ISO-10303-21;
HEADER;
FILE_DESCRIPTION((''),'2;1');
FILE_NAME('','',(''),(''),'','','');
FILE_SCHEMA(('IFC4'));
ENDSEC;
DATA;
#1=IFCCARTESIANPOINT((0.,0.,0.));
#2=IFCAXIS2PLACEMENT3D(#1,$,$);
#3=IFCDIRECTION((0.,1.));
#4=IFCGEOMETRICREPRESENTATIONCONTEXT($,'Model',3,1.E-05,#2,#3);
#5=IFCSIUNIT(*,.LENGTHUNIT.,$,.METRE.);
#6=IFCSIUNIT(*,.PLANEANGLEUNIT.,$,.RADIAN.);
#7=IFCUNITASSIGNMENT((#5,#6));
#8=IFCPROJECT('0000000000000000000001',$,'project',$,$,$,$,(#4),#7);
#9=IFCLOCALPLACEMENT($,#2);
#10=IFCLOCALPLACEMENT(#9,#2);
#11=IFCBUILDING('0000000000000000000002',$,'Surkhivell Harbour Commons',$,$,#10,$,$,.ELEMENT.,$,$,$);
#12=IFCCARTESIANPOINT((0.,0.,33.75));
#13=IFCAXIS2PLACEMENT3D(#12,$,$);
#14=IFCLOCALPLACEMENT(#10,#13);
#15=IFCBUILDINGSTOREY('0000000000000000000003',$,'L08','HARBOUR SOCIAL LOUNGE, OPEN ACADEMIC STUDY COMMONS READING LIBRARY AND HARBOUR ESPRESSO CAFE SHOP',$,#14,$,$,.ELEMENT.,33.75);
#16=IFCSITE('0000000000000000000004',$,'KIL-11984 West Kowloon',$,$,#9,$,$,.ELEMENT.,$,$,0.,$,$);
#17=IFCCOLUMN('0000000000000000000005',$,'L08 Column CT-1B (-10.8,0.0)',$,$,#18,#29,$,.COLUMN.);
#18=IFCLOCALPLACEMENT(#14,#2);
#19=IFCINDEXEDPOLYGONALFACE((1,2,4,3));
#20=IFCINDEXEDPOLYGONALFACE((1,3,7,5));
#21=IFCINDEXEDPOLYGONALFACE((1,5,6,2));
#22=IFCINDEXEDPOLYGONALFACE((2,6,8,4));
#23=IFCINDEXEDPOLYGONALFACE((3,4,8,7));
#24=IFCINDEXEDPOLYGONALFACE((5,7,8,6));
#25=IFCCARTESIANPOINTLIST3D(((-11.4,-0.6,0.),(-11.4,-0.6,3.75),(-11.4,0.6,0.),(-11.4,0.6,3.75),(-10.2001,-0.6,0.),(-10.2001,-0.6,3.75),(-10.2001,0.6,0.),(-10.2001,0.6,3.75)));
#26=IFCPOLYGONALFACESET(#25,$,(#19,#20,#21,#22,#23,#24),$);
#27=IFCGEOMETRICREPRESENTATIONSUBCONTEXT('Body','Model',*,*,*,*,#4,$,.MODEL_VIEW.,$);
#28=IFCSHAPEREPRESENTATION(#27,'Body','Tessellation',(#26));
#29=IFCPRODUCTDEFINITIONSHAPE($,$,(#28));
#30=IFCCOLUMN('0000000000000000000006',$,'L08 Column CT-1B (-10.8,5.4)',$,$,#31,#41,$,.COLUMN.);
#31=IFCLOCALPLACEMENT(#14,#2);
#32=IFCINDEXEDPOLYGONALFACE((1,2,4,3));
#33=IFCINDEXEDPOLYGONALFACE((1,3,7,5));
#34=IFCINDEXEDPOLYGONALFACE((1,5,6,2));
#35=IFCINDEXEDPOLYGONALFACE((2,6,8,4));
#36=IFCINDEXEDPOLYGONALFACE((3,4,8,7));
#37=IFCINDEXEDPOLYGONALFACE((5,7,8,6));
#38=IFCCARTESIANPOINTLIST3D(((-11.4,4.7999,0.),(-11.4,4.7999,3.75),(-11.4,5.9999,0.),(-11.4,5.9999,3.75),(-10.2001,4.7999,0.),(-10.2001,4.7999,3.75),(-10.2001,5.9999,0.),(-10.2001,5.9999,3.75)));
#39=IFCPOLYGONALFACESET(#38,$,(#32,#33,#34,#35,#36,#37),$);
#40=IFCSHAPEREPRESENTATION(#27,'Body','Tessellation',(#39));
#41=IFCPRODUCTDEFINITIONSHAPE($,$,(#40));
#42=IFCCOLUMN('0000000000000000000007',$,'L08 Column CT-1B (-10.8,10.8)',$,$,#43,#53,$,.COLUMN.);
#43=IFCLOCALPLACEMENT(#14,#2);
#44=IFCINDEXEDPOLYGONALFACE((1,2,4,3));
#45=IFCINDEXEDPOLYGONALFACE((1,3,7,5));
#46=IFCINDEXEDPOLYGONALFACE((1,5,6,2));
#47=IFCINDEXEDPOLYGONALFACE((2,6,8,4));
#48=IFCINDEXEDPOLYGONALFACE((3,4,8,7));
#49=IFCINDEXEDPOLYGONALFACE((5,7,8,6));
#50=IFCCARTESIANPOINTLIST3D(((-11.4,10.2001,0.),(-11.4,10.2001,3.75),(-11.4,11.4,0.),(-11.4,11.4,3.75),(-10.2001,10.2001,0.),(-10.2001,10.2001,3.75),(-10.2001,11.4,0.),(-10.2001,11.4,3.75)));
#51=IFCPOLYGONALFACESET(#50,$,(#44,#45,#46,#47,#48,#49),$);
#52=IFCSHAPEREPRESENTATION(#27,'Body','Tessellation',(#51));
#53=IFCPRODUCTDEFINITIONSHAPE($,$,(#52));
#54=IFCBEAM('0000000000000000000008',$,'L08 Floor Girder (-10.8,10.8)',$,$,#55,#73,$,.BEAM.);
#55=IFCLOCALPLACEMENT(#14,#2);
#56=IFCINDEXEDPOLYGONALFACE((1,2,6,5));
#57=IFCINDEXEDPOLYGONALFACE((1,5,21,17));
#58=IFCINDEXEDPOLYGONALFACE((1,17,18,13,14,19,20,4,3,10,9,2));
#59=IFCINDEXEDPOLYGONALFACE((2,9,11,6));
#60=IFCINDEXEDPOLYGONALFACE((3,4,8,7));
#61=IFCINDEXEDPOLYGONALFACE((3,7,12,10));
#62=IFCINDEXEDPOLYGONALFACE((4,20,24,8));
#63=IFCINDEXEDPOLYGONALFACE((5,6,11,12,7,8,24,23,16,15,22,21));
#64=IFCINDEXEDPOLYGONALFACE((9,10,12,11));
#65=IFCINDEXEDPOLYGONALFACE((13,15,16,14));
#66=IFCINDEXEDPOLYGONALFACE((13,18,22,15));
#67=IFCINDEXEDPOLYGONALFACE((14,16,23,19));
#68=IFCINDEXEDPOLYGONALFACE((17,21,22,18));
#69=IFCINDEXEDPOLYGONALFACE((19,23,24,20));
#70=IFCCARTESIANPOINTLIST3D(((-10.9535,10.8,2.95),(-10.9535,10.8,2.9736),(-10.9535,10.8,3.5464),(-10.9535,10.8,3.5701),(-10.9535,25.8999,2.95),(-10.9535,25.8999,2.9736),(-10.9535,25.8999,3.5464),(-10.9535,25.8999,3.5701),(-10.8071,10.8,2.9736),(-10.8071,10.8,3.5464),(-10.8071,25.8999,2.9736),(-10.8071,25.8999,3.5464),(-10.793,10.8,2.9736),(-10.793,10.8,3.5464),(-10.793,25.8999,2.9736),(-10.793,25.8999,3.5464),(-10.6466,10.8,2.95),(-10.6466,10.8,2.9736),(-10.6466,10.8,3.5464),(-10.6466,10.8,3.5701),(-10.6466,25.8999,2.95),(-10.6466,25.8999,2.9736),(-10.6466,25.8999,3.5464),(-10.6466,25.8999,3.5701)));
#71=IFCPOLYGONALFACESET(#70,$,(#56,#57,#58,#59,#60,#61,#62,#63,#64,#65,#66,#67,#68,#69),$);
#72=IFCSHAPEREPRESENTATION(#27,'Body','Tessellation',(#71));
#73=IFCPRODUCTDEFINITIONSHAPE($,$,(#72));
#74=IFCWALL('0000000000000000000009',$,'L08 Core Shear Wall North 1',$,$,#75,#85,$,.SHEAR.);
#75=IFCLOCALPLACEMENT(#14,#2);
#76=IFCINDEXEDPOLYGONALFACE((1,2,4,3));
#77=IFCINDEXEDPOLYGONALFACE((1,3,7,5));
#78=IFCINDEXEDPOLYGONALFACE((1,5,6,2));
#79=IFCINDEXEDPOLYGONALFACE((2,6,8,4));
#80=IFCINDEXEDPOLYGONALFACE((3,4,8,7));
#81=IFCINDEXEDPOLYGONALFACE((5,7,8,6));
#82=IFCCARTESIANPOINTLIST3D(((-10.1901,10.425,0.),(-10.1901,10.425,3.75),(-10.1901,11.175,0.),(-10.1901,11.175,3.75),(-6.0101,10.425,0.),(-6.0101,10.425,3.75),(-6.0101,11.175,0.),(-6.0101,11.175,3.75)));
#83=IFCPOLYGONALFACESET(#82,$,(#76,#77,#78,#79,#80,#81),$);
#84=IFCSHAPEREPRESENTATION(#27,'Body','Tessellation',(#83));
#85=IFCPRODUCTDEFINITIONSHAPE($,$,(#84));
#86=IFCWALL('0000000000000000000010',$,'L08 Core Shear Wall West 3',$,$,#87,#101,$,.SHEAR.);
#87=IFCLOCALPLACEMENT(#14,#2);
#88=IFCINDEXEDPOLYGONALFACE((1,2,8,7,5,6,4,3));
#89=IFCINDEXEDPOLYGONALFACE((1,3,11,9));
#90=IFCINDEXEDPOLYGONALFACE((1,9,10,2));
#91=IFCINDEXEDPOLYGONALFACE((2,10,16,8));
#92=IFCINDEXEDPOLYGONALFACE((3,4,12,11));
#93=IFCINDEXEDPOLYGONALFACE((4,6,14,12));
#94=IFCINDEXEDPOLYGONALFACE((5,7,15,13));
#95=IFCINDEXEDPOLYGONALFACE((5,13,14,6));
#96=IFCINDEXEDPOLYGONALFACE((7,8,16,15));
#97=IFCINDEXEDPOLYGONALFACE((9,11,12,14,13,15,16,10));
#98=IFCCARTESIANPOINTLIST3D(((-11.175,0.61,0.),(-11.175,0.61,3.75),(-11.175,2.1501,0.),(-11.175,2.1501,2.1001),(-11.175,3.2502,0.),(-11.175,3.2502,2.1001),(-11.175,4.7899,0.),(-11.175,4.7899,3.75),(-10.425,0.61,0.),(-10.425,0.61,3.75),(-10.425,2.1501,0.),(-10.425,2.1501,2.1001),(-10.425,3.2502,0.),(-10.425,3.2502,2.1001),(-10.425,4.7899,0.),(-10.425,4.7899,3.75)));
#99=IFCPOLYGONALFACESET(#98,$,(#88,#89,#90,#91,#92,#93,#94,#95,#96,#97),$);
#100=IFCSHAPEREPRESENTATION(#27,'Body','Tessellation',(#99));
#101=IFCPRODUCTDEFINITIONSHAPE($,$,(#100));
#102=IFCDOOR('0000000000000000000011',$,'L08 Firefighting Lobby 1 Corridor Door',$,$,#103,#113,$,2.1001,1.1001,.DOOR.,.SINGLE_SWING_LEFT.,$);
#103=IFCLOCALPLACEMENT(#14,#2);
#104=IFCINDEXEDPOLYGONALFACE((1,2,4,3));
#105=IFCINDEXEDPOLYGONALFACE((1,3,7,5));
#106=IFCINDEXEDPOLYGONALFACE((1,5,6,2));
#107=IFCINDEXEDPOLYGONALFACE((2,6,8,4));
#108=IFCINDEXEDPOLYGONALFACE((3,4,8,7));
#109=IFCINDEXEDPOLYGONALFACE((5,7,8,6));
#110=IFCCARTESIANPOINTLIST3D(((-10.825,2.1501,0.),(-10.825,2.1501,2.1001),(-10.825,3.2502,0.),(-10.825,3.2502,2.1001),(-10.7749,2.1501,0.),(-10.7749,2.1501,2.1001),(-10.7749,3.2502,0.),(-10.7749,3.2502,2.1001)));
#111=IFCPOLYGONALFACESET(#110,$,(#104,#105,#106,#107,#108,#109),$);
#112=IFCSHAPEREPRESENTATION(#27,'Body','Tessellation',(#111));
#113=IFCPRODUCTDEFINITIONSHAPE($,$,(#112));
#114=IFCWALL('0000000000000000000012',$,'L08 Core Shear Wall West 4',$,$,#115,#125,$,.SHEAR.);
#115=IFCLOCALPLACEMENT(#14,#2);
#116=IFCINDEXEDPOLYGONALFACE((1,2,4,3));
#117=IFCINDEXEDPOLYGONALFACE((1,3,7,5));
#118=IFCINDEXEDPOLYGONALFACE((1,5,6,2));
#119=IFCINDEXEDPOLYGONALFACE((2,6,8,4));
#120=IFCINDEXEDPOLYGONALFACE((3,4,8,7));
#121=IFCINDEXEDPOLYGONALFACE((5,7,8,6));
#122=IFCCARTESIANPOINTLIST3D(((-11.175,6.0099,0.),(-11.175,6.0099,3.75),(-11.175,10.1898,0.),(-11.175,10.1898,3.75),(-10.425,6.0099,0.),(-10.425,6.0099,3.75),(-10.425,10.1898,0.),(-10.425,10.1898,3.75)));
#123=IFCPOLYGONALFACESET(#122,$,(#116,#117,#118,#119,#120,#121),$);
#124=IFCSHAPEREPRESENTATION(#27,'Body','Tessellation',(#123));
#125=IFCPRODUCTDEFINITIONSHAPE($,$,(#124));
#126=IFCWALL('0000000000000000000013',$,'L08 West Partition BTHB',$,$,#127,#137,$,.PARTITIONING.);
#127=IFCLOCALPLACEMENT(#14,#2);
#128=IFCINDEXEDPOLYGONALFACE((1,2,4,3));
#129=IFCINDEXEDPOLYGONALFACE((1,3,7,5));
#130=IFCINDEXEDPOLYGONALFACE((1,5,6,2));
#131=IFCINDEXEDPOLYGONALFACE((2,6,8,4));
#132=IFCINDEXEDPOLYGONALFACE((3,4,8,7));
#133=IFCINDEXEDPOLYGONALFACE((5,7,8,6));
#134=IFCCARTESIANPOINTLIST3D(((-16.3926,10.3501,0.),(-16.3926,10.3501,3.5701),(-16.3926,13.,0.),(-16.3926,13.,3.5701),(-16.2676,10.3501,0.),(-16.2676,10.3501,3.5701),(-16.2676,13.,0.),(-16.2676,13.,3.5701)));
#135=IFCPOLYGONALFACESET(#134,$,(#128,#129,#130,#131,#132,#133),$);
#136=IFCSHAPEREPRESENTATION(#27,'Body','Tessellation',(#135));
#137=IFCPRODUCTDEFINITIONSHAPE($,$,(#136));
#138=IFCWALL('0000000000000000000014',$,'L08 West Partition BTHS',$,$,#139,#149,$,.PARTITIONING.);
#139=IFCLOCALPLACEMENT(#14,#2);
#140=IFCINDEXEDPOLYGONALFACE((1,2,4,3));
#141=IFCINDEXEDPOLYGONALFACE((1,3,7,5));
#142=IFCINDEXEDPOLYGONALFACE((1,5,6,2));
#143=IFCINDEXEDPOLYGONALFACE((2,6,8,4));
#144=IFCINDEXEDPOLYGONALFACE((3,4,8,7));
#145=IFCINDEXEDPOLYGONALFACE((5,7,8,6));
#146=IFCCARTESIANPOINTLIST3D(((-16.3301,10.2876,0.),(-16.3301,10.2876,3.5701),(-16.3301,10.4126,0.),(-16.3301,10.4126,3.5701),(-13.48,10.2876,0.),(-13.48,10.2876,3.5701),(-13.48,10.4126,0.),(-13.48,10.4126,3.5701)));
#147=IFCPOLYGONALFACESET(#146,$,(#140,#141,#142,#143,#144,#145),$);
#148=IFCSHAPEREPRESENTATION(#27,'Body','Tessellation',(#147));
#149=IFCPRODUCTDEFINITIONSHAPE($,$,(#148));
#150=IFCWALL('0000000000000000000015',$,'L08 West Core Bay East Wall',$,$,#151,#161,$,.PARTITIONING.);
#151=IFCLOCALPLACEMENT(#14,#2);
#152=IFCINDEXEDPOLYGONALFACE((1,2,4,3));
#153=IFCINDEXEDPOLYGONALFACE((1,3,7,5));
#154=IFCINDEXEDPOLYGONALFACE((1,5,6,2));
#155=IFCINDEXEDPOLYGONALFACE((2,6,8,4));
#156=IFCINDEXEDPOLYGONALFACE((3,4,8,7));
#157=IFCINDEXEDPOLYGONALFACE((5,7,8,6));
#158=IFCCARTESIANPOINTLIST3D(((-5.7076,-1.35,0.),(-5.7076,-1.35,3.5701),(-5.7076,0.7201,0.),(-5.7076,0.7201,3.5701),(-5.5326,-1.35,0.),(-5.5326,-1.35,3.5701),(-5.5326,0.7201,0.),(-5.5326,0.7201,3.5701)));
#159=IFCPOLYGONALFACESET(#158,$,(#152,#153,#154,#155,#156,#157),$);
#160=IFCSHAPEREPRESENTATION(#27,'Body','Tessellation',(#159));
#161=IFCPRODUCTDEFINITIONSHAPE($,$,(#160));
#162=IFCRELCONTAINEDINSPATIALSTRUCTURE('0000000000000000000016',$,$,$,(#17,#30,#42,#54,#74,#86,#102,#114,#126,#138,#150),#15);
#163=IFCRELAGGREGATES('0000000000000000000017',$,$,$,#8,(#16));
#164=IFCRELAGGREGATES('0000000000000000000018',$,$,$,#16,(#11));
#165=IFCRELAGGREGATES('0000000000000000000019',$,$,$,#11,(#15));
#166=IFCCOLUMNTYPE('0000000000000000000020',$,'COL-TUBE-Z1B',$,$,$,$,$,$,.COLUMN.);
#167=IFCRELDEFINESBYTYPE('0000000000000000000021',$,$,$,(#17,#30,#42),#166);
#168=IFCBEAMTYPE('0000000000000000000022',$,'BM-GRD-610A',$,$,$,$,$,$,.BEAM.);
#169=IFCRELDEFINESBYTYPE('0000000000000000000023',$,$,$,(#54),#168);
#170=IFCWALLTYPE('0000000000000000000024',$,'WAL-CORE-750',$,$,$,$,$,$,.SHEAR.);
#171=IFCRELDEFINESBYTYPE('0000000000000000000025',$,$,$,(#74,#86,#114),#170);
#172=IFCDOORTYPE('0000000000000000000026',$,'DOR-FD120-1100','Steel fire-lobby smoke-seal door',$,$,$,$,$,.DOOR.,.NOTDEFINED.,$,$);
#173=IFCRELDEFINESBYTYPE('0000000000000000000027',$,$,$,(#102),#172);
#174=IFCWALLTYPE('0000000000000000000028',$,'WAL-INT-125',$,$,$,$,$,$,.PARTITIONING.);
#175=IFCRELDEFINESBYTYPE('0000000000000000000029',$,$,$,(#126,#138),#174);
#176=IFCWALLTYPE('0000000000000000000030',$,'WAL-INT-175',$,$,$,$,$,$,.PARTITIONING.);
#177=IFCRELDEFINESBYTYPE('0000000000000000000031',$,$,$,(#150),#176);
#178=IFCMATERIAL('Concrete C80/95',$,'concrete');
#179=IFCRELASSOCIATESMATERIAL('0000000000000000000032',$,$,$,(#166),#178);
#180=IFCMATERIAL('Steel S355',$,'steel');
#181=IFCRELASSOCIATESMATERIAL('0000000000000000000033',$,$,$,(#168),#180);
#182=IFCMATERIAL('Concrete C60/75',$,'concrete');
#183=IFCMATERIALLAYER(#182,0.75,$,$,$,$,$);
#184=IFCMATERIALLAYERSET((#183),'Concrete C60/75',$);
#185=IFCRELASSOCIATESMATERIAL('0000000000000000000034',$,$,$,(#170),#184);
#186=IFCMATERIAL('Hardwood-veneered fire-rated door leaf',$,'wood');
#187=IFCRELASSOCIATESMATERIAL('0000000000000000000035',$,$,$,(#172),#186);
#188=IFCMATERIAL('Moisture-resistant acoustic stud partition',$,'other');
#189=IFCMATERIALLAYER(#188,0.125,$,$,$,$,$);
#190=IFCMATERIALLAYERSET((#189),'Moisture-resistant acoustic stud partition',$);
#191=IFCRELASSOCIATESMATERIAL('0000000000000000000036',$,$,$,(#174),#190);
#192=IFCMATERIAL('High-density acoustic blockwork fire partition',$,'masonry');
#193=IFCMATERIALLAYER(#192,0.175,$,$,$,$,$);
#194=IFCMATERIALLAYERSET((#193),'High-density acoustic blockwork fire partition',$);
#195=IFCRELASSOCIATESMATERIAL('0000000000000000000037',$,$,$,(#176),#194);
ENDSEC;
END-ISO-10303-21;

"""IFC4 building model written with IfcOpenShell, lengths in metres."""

from ifc_helpers import new_model, si_unit, direction, frame, frame_2d, origin, origin_2d, place, context, subcontext, project, spatial, rectangle, i_section, extrude, material, layer, layer_set, material_profile, profile_set, type_object, element, fill, save


model = new_model("IFC4")

# Units and contexts
model_context = context("Model", 3, precision=1e-05, world=origin(), true_north=direction((0.0, 1.0)))
body_context = subcontext(model_context, "Body", "Model", "MODEL_VIEW")
ifc_project = project(units=[si_unit("LENGTHUNIT", "METRE"), si_unit("PLANEANGLEUNIT", "RADIAN")], contexts=[model_context])

# Site, building, storey
site_placement = place(None, origin())
site = spatial("IfcSite", under=ifc_project, at=site_placement, Name="KIL-11984 West Kowloon", CompositionType="ELEMENT", RefElevation=0.0)
building_placement = place(site_placement, origin())
building = spatial("IfcBuilding", under=site, at=building_placement, Name="Surkhivell Harbour Commons", CompositionType="ELEMENT")
storey_placement = place(building_placement, frame((0.0, 0.0, 33.75)))
storey = spatial("IfcBuildingStorey", under=building, at=storey_placement, Name="L08", Description="HARBOUR SOCIAL LOUNGE, OPEN ACADEMIC STUDY COMMONS READING LIBRARY AND HARBOUR ESPRESSO CAFE SHOP", CompositionType="ELEMENT", Elevation=33.75)

# Columns
ifc_material_1 = material(Name="Concrete C80/95", Category="concrete")
ifc_material_profile_1 = material_profile(ifc_material_1, rectangle(XDim=1.2, YDim=1.2, at=origin_2d()), Name="RC-COL-1200x1200")
ifc_profile_set_1 = profile_set([ifc_material_profile_1], Name="Concrete C80/95")
column_type = type_object("IfcColumnType", Name="COL-TUBE-Z1B", PredefinedType="COLUMN", material=ifc_profile_set_1)
for number, where, z_axis, x_axis, name in (
    (1, (-10.8, 0.0, 0.0), (0.0, 0.0, 1.0), (1.0, 0.0, 0.0), "L08 Column CT-1B (-10.8,0.0)"),
    (2, (-10.8, 5.3999, 0.0), (0.0, 0.0, 1.0), (1.0, 0.0, 0.0), "L08 Column CT-1B (-10.8,5.4)"),
    (3, (-10.8, 10.8, 0.0), (0.0, 0.0, 1.0), (1.0, 0.0, 0.0), "L08 Column CT-1B (-10.8,10.8)"),
):
    element("IfcColumn", number, at=place(storey_placement, frame(where, z_axis=z_axis, x_axis=x_axis)), inside=storey, type_object=column_type, Name=name, PredefinedType="COLUMN", context=body_context, shape_type="SweptSolid", body=[
        extrude(rectangle(XDim=1.2, YDim=1.2, at=origin_2d()), origin(), (0.0, 0.0, 1.0), 3.75),
    ])

# Beam
ifc_material_2 = material(Name="Steel S355", Category="steel")
ifc_material_profile_2 = material_profile(ifc_material_2, i_section(OverallWidth=0.3069, OverallDepth=0.6201, WebThickness=0.0142, FlangeThickness=0.0237, at=origin_2d()), Name="UB610x305x179")
ifc_profile_set_2 = profile_set([ifc_material_profile_2], Name="Steel S355")
beam_type = type_object("IfcBeamType", Name="BM-GRD-610A", PredefinedType="BEAM", material=ifc_profile_set_2)
beam_placement = place(storey_placement, frame((-10.8, 10.8, 3.26), z_axis=(0.0, 1.0, 0.0), x_axis=(-1.0, 0.0, 0.0)))
element("IfcBeam", 4, at=beam_placement, inside=storey, type_object=beam_type, Name="L08 Floor Girder (-10.8,10.8)", PredefinedType="BEAM", context=body_context, shape_type="SweptSolid", body=[
    extrude(i_section(OverallWidth=0.3069, OverallDepth=0.6201, WebThickness=0.0142, FlangeThickness=0.0237, at=origin_2d()), origin(), (0.0, 0.0, 1.0), 15.0999),
])

# Wall
ifc_material_3 = material(Name="Concrete C60/75", Category="concrete")
ifc_layer_1 = layer(ifc_material_3, 0.75)
ifc_layer_set_1 = layer_set([ifc_layer_1], Name="Concrete C60/75")
wall_type_1 = type_object("IfcWallType", Name="WAL-CORE-750", PredefinedType="SHEAR", material=ifc_layer_set_1)
wall_1_placement = place(storey_placement, frame((-10.1899, 10.8, 0.0), z_axis=(0.0, 0.0, 1.0), x_axis=(1.0, 0.0, 0.0)))
element("IfcWall", 5, at=wall_1_placement, inside=storey, type_object=wall_type_1, Name="L08 Core Shear Wall North 1", PredefinedType="SHEAR", context=body_context, shape_type="SweptSolid", body=[
    extrude(rectangle(XDim=4.1799, YDim=0.75, at=frame_2d((2.0898, 0.0))), origin(), (0.0, 0.0, 1.0), 3.75),
])

# Wall, opening, door
wall_2_placement = place(storey_placement, frame((-10.8, 0.6101, 0.0), z_axis=(0.0, 0.0, 1.0), x_axis=(0.0, 1.0, 0.0)))
wall_2 = element("IfcWall", 6, at=wall_2_placement, inside=storey, type_object=wall_type_1, Name="L08 Core Shear Wall West 3", PredefinedType="SHEAR", context=body_context, shape_type="SweptSolid", body=[
    extrude(rectangle(XDim=4.1799, YDim=0.75, at=frame_2d((2.0898, 0.0))), origin(), (0.0, 0.0, 1.0), 3.75),
])
opening_1_placement = place(wall_2_placement, frame((1.54, 0.0, 0.0)))
opening_1 = element("IfcOpeningElement", 7, at=opening_1_placement, cuts=wall_2, PredefinedType="OPENING", context=body_context, shape_type="SweptSolid", body=[
    extrude(rectangle(XDim=1.1001, YDim=2.1001, at=frame_2d((0.55, 1.05))), frame((0.0, 0.385, 0.0), z_axis=(0.0, -1.0, 0.0), x_axis=(1.0, 0.0, 0.0)), (0.0, 0.0, 1.0), 0.77),
])
ifc_material_4 = material(Name="Hardwood-veneered fire-rated door leaf", Category="wood")
door_type_1 = type_object("IfcDoorType", Name="DOR-FD120-1100", Description="Steel fire-lobby smoke-seal door", OperationType="NOTDEFINED", PredefinedType="DOOR", material=ifc_material_4)
door_1_placement = place(opening_1_placement, origin())
door_1 = element("IfcDoor", 8, at=door_1_placement, inside=storey, type_object=door_type_1, Name="L08 Firefighting Lobby 1 Corridor Door", OperationType="SINGLE_SWING_LEFT", OverallHeight=2.1001, OverallWidth=1.1001, PredefinedType="DOOR", context=body_context, shape_type="SweptSolid", body=[
    extrude(rectangle(XDim=1.1001, YDim=2.1001, at=frame_2d((0.55, 1.05))), frame((0.0, 0.0249, 0.0), z_axis=(0.0, -1.0, 0.0), x_axis=(1.0, 0.0, 0.0)), (0.0, 0.0, 1.0), 0.05),
])
fill(opening_1, door_1)

# Walls
wall_3_placement = place(storey_placement, frame((-10.8, 6.01, 0.0), z_axis=(0.0, 0.0, 1.0), x_axis=(0.0, 1.0, 0.0)))
element("IfcWall", 9, at=wall_3_placement, inside=storey, type_object=wall_type_1, Name="L08 Core Shear Wall West 4", PredefinedType="SHEAR", context=body_context, shape_type="SweptSolid", body=[
    extrude(rectangle(XDim=4.1799, YDim=0.75, at=frame_2d((2.0898, 0.0))), origin(), (0.0, 0.0, 1.0), 3.75),
])
ifc_material_5 = material(Name="Moisture-resistant acoustic stud partition", Category="other")
ifc_layer_2 = layer(ifc_material_5, 0.125)
ifc_layer_set_2 = layer_set([ifc_layer_2], Name="Moisture-resistant acoustic stud partition")
wall_type_2 = type_object("IfcWallType", Name="WAL-INT-125", PredefinedType="PARTITIONING", material=ifc_layer_set_2)
wall_4_placement = place(storey_placement, frame((-16.3301, 10.3501, 0.0), z_axis=(0.0, 0.0, 1.0), x_axis=(0.0, 1.0, 0.0)))
element("IfcWall", 10, at=wall_4_placement, inside=storey, type_object=wall_type_2, Name="L08 West Partition BTHB", PredefinedType="PARTITIONING", context=body_context, shape_type="SweptSolid", body=[
    extrude(rectangle(XDim=2.6499, YDim=0.125, at=frame_2d((1.325, 0.0))), origin(), (0.0, 0.0, 1.0), 3.5701),
])
wall_5_placement = place(storey_placement, frame((-16.3301, 10.3501, 0.0), z_axis=(0.0, 0.0, 1.0), x_axis=(1.0, 0.0, 0.0)))
element("IfcWall", 11, at=wall_5_placement, inside=storey, type_object=wall_type_2, Name="L08 West Partition BTHS", PredefinedType="PARTITIONING", context=body_context, shape_type="SweptSolid", body=[
    extrude(rectangle(XDim=2.8501, YDim=0.125, at=frame_2d((1.425, 0.0))), origin(), (0.0, 0.0, 1.0), 3.5701),
])
ifc_material_6 = material(Name="High-density acoustic blockwork fire partition", Category="masonry")
ifc_layer_3 = layer(ifc_material_6, 0.175)
ifc_layer_set_3 = layer_set([ifc_layer_3], Name="High-density acoustic blockwork fire partition")
wall_type_3 = type_object("IfcWallType", Name="WAL-INT-175", PredefinedType="PARTITIONING", material=ifc_layer_set_3)
wall_6_placement = place(storey_placement, frame((-5.6201, -1.3501, 0.0), z_axis=(0.0, 0.0, 1.0), x_axis=(0.0, 1.0, 0.0)))
element("IfcWall", 12, at=wall_6_placement, inside=storey, type_object=wall_type_3, Name="L08 West Core Bay East Wall", PredefinedType="PARTITIONING", context=body_context, shape_type="SweptSolid", body=[
    extrude(rectangle(XDim=2.0701, YDim=0.175, at=frame_2d((1.0352, 0.0))), origin(), (0.0, 0.0, 1.0), 3.5701),
])

save(model, "model.ifc")
